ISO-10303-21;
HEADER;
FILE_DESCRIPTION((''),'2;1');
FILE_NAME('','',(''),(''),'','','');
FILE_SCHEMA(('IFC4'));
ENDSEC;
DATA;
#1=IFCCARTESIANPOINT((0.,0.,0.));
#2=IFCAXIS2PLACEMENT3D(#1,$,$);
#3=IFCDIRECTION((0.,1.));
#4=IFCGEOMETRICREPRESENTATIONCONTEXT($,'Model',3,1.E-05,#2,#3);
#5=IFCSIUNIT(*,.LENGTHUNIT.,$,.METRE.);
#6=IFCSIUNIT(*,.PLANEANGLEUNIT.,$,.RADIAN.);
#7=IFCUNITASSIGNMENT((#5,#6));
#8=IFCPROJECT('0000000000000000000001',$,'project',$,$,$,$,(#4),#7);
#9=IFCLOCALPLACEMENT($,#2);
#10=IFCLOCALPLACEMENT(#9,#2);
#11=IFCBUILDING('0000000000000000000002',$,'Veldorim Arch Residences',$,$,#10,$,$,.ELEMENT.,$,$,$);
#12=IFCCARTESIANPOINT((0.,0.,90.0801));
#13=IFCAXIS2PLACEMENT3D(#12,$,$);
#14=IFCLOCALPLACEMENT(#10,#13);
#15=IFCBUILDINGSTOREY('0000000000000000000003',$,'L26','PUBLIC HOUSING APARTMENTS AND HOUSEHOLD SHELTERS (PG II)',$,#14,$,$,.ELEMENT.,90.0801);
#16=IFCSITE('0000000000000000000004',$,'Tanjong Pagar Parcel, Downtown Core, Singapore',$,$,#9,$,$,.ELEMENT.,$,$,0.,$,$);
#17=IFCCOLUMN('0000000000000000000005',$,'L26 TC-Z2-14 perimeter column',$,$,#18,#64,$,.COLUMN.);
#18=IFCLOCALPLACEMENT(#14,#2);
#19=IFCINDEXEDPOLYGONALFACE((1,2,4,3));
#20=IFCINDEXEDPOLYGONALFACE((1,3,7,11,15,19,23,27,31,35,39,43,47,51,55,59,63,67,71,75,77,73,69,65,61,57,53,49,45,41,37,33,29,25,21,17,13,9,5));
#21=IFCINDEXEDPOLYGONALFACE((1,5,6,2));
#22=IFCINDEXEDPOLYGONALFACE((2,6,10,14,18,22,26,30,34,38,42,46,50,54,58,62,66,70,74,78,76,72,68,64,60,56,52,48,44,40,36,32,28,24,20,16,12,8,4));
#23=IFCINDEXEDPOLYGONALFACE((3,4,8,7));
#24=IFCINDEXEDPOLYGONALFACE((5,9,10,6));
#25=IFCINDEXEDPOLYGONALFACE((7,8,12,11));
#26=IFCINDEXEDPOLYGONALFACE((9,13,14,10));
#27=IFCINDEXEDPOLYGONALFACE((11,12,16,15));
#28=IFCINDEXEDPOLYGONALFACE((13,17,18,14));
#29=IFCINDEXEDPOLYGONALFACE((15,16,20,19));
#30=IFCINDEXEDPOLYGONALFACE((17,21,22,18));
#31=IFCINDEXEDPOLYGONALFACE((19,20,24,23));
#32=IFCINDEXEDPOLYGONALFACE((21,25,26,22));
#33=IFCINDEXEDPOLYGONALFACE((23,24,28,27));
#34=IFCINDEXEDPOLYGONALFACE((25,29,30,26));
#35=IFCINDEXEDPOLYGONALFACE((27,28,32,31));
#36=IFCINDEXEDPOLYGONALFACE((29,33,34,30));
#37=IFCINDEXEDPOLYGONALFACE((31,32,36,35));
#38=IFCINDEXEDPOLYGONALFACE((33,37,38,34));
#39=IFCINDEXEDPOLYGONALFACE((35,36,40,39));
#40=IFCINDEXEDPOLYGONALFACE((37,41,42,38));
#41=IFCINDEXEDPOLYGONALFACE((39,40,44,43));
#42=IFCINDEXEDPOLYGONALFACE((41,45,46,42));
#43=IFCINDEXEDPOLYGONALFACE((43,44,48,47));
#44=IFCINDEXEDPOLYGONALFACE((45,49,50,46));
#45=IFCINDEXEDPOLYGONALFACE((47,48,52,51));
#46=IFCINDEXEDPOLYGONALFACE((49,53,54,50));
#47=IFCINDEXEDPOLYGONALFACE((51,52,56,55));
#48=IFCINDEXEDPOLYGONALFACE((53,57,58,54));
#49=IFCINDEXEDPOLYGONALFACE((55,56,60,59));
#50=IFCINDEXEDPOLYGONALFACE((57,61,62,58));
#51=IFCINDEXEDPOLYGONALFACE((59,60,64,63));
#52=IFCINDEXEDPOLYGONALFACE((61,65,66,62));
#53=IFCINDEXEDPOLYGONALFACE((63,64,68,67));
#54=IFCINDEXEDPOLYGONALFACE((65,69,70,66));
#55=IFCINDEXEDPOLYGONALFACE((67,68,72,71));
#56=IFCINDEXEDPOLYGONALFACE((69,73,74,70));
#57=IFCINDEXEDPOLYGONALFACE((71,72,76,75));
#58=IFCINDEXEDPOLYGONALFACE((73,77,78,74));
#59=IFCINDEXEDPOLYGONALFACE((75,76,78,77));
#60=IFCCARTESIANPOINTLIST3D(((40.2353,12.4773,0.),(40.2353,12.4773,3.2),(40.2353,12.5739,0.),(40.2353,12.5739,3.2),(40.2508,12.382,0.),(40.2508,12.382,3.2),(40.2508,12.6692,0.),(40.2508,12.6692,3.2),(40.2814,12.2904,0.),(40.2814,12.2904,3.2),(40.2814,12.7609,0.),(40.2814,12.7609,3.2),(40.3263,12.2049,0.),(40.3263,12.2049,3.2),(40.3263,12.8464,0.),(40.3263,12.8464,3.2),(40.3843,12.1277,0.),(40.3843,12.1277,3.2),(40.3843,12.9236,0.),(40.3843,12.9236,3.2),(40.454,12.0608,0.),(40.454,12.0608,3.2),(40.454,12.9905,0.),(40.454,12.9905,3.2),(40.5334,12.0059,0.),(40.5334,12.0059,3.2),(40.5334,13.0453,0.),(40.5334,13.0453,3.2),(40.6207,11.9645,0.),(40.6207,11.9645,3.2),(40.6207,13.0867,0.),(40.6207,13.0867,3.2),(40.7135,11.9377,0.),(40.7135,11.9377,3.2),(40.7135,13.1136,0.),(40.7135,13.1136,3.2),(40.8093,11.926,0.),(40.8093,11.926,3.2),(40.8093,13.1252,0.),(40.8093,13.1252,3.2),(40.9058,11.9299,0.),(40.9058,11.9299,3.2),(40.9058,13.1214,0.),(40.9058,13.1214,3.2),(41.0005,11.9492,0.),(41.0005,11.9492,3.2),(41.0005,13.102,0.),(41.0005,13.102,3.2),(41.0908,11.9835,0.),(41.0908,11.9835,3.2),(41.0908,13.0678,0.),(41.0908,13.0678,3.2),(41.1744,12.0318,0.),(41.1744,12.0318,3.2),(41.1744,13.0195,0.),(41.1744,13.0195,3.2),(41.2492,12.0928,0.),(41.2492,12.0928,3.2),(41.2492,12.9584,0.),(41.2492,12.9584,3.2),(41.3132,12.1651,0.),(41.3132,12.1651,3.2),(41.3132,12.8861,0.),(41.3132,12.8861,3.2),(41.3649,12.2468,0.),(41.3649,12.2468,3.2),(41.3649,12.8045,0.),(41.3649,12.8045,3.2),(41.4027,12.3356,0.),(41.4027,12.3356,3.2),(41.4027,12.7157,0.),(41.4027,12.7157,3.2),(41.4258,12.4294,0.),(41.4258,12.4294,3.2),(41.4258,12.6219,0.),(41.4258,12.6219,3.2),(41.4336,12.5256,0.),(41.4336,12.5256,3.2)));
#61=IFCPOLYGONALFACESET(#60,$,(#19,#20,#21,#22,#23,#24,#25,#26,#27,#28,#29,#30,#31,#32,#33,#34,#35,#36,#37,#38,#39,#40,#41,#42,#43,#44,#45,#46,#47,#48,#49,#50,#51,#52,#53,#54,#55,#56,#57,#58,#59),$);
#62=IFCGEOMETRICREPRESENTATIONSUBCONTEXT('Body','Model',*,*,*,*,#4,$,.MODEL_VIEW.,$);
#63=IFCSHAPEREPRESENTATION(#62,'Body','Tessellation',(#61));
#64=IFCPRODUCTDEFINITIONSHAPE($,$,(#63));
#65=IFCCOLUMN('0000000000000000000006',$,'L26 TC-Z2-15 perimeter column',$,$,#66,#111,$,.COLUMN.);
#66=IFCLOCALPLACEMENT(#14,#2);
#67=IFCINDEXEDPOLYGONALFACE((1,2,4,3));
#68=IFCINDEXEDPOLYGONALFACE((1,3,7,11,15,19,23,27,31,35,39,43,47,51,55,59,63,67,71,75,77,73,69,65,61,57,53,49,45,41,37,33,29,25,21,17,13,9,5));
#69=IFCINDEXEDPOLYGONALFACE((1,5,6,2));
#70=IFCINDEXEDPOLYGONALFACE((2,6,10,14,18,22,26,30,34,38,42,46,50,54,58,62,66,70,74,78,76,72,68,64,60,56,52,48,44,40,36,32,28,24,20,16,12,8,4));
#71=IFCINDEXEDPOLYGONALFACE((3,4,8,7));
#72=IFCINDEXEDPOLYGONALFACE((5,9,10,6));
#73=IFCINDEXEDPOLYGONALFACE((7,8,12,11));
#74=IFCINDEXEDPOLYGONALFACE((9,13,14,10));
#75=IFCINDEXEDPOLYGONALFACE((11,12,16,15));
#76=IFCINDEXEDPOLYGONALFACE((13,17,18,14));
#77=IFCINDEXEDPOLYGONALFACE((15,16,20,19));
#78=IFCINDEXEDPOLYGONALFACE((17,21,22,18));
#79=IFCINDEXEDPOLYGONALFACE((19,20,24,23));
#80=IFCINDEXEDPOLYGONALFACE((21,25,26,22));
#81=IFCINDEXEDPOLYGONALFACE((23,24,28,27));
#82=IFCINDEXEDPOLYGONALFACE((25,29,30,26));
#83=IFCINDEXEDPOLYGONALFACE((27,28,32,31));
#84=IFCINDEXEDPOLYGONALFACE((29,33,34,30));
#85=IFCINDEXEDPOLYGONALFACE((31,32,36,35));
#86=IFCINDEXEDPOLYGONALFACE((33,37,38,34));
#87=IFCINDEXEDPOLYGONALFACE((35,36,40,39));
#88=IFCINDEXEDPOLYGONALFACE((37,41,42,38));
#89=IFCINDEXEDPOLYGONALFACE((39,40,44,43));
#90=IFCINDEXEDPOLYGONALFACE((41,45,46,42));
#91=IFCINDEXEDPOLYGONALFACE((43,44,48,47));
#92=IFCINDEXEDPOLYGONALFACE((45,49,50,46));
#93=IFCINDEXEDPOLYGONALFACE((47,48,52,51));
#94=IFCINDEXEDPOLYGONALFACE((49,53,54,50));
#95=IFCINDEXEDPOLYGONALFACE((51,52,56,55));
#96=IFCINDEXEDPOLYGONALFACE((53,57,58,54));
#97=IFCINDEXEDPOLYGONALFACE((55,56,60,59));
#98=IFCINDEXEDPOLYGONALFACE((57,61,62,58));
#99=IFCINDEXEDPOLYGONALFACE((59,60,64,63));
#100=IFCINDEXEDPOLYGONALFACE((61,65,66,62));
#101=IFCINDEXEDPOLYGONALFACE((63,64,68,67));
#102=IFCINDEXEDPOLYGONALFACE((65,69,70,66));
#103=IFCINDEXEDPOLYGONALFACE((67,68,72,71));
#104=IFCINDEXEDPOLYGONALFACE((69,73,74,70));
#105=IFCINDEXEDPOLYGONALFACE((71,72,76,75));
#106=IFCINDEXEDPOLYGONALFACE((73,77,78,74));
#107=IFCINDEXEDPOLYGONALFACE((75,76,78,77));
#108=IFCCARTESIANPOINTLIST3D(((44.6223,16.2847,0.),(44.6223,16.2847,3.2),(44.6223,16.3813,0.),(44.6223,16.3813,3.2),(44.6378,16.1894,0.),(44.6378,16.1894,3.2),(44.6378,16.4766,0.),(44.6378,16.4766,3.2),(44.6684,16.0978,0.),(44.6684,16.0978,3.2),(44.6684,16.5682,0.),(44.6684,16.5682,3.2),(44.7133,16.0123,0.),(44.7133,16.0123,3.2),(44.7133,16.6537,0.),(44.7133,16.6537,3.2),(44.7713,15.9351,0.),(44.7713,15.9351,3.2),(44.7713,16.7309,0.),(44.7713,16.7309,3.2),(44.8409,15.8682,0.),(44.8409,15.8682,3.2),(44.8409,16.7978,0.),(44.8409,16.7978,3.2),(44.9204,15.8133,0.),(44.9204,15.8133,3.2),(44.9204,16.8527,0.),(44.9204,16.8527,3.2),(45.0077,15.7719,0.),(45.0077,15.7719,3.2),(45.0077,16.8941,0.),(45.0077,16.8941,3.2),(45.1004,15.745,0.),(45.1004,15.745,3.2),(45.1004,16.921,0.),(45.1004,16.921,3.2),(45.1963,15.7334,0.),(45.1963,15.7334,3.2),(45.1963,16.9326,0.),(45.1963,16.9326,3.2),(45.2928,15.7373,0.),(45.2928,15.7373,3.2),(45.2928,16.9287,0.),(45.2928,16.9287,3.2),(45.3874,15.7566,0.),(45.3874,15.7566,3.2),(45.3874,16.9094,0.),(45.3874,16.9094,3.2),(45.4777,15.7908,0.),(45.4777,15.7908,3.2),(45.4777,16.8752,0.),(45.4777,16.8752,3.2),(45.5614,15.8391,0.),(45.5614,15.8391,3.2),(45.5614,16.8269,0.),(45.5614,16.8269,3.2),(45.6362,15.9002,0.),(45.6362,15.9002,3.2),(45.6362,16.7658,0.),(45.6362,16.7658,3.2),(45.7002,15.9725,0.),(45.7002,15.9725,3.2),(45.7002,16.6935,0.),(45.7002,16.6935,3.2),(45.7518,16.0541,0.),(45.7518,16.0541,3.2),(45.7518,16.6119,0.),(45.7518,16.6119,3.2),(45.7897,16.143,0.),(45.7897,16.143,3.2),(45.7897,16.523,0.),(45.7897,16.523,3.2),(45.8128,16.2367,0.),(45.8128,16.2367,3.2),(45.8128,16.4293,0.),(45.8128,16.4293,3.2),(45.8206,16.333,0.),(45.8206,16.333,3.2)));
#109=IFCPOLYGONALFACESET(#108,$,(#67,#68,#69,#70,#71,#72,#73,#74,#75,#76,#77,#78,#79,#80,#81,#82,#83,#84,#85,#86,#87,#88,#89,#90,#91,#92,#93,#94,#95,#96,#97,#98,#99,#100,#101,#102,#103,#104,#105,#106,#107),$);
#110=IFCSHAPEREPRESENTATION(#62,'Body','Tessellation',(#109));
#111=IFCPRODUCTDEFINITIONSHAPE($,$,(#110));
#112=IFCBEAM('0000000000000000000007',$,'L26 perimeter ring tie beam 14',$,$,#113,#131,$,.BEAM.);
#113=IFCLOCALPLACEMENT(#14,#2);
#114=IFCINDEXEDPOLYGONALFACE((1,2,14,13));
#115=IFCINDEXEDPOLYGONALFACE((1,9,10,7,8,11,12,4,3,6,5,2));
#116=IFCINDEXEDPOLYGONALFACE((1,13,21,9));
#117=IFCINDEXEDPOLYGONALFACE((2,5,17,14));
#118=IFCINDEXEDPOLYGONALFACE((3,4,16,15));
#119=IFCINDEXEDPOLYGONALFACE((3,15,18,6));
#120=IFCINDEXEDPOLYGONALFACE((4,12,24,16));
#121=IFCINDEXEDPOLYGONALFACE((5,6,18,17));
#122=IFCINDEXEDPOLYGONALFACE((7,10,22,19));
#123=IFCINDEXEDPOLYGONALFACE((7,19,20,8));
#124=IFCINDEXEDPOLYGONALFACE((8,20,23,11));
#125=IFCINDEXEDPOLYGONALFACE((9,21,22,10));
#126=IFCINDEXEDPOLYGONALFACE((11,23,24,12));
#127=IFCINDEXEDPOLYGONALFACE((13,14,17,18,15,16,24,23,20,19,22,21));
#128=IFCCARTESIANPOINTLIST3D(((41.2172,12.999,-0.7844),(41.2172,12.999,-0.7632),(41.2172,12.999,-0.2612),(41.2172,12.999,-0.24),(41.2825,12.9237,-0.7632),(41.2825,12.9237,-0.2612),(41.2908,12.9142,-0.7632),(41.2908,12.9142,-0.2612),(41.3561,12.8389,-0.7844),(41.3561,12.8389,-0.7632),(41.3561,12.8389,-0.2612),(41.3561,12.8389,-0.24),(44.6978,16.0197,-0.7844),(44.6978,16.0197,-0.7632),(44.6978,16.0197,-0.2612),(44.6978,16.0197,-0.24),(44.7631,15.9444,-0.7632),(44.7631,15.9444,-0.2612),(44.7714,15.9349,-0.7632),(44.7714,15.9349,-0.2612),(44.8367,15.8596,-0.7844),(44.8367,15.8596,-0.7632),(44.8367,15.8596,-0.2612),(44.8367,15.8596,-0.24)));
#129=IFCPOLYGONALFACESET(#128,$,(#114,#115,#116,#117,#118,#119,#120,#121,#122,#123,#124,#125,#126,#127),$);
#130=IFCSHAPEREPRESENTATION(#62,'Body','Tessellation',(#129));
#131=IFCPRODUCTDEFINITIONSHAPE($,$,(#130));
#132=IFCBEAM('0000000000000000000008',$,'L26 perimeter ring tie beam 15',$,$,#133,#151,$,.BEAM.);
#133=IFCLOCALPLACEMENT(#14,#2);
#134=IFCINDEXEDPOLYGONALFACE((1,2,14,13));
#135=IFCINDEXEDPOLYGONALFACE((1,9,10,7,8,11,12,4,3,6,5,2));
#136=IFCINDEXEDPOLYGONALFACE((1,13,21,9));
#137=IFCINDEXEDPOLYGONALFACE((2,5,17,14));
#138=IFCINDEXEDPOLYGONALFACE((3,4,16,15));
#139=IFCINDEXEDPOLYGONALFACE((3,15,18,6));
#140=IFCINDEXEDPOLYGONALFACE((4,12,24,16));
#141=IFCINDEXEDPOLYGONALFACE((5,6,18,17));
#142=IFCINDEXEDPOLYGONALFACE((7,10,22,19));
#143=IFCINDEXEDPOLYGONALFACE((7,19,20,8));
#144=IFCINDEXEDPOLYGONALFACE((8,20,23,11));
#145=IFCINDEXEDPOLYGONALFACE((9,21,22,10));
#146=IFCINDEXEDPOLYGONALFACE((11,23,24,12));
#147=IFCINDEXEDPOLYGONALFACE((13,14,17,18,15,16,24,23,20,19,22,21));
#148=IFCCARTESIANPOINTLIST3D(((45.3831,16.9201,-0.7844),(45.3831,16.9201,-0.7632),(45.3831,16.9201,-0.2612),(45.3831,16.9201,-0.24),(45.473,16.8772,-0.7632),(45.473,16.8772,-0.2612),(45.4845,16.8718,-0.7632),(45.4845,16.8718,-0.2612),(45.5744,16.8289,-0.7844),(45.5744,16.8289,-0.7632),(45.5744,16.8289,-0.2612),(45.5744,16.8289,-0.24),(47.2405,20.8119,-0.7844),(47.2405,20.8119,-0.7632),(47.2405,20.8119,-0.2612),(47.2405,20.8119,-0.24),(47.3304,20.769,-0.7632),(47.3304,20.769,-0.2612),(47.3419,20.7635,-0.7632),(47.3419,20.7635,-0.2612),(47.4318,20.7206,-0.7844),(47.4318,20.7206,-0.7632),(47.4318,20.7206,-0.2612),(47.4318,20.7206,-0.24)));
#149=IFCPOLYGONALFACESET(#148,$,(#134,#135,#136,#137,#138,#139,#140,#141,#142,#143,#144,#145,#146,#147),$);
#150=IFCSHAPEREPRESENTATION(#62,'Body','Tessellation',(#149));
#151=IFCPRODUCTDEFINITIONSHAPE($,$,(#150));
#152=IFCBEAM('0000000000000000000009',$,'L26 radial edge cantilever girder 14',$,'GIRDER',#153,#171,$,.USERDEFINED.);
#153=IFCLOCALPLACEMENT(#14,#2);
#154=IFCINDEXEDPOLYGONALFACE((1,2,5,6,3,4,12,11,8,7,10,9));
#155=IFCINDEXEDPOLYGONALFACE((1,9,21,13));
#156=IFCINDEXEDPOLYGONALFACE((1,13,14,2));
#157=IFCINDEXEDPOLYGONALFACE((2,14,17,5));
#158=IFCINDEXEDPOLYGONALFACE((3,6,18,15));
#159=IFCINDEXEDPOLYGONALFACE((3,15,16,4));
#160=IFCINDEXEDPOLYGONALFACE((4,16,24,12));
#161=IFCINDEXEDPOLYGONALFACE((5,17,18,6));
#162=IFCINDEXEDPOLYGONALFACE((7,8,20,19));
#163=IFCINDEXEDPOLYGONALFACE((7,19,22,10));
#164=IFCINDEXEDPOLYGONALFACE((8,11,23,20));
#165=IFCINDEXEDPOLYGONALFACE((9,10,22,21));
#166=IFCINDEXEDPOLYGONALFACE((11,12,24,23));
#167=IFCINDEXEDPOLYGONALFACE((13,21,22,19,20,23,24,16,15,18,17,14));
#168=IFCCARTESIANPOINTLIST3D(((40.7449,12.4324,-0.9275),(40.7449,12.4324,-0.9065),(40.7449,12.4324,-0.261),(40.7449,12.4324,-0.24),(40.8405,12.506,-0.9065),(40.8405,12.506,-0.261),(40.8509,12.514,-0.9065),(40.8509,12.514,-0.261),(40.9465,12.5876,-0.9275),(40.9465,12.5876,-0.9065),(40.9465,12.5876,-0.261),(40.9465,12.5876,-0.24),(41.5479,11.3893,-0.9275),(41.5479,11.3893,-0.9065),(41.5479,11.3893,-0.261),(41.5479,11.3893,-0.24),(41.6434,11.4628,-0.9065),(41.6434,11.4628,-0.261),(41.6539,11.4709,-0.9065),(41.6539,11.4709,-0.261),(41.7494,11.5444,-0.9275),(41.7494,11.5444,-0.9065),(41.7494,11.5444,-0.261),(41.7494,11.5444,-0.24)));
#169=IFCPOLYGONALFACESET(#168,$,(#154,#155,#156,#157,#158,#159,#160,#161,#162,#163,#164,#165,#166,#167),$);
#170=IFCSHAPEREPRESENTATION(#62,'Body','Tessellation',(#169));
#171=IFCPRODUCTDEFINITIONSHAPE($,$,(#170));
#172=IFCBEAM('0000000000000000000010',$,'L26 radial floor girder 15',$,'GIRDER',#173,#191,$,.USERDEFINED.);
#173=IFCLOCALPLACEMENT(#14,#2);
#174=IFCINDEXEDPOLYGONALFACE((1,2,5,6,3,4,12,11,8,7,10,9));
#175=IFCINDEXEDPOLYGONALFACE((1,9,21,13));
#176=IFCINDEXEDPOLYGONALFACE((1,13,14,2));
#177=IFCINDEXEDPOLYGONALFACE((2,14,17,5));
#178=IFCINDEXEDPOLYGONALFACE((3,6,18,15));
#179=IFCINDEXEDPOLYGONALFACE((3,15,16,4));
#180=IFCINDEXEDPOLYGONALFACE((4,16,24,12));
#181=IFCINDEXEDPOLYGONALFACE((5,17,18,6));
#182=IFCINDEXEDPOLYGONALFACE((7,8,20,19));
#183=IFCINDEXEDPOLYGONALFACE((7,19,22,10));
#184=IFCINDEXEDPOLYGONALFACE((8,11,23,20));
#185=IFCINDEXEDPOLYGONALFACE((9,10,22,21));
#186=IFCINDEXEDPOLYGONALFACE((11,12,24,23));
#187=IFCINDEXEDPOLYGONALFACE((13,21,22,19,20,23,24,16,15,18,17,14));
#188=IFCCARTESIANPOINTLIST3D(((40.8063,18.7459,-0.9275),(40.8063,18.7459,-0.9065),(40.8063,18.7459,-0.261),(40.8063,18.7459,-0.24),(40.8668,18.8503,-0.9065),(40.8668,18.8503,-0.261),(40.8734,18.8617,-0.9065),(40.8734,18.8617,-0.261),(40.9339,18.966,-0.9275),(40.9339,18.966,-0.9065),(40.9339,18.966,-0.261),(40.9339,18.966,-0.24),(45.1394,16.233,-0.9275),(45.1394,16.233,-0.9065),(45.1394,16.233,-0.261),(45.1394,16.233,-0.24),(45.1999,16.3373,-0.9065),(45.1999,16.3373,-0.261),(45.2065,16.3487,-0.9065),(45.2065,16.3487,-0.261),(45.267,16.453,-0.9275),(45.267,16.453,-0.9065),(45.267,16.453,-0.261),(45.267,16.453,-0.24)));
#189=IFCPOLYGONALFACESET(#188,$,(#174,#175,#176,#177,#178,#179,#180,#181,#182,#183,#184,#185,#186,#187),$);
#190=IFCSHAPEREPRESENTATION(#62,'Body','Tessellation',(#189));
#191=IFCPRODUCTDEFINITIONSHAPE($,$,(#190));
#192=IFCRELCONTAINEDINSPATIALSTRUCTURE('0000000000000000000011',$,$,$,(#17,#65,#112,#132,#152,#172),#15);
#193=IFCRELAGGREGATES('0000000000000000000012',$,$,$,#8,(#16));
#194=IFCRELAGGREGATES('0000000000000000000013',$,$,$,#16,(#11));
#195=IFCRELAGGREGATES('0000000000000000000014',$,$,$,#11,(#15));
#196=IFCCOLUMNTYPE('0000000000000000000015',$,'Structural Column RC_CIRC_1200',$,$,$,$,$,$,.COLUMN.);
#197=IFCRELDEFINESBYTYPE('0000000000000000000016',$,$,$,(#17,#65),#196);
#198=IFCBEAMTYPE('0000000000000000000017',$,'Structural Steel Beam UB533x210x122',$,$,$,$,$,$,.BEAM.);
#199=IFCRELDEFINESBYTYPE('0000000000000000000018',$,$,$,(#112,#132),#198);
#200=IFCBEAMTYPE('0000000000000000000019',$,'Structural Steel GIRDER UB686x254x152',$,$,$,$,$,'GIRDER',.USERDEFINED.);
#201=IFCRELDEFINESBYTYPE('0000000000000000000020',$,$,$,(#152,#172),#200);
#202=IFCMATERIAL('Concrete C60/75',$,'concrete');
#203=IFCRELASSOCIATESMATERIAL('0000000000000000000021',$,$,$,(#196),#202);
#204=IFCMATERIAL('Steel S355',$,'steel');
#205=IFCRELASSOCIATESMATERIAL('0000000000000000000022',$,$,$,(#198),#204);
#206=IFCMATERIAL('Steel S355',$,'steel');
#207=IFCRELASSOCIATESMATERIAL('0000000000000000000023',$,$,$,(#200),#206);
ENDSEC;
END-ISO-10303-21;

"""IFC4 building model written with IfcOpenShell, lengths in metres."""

from ifc_helpers import new_model, si_unit, direction, frame, origin, origin_2d, place, context, subcontext, project, spatial, circle, i_section, extrude, material, material_profile, profile_set, type_object, element, save


model = new_model("IFC4")

# Units and contexts
model_context = context("Model", 3, precision=1e-05, world=origin(), true_north=direction((0.0, 1.0)))
body_context = subcontext(model_context, "Body", "Model", "MODEL_VIEW")
ifc_project = project(units=[si_unit("LENGTHUNIT", "METRE"), si_unit("PLANEANGLEUNIT", "RADIAN")], contexts=[model_context])

# Site, building, storey
site_placement = place(None, origin())
site = spatial("IfcSite", under=ifc_project, at=site_placement, Name="Tanjong Pagar Parcel, Downtown Core, Singapore", CompositionType="ELEMENT", RefElevation=0.0)
building_placement = place(site_placement, origin())
building = spatial("IfcBuilding", under=site, at=building_placement, Name="Veldorim Arch Residences", CompositionType="ELEMENT")
storey_placement = place(building_placement, frame((0.0, 0.0, 90.0801)))
storey = spatial("IfcBuildingStorey", under=building, at=storey_placement, Name="L26", Description="PUBLIC HOUSING APARTMENTS AND HOUSEHOLD SHELTERS (PG II)", CompositionType="ELEMENT", Elevation=90.0801)

# Columns
ifc_material_1 = material(Name="Concrete C60/75", Category="concrete")
ifc_material_profile_1 = material_profile(ifc_material_1, circle(Radius=0.6001, at=origin_2d()), Name="RC_CIRC_1200")
ifc_profile_set_1 = profile_set([ifc_material_profile_1], Name="Concrete C60/75")
column_type = type_object("IfcColumnType", Name="Structural Column RC_CIRC_1200", PredefinedType="COLUMN", material=ifc_profile_set_1)
for number, where, z_axis, x_axis, name in (
    (1, (40.8335, 12.5256, 0.0), (0.0, 0.0, 1.0), (1.0, 0.0, 0.0), "L26 TC-Z2-14 perimeter column"),
    (2, (45.2205, 16.333, 0.0), (0.0, 0.0, 1.0), (1.0, 0.0, 0.0), "L26 TC-Z2-15 perimeter column"),
):
    element("IfcColumn", number, at=place(storey_placement, frame(where, z_axis=z_axis, x_axis=x_axis)), inside=storey, type_object=column_type, Name=name, PredefinedType="COLUMN", context=body_context, shape_type="SweptSolid", body=[
        extrude(circle(Radius=0.6001, at=origin_2d()), origin(), (0.0, 0.0, 1.0), 3.2),
    ])

# Beams
ifc_material_2 = material(Name="Steel S355", Category="steel")
ifc_material_profile_2 = material_profile(ifc_material_2, i_section(OverallWidth=0.2119, OverallDepth=0.5444, WebThickness=0.0127, FlangeThickness=0.0212, at=origin_2d()), Name="UB533x210x122")
ifc_profile_set_2 = profile_set([ifc_material_profile_2], Name="Steel S355")
beam_type_1 = type_object("IfcBeamType", Name="Structural Steel Beam UB533x210x122", PredefinedType="BEAM", material=ifc_profile_set_2)
beam_1_placement = place(storey_placement, frame((41.2866, 12.9189, -0.5122), z_axis=(0.755245, 0.655443, 0.0), x_axis=(-0.655443, 0.755245, 0.0)))
element("IfcBeam", 3, at=beam_1_placement, inside=storey, type_object=beam_type_1, Name="L26 perimeter ring tie beam 14", PredefinedType="BEAM", context=body_context, shape_type="SweptSolid", body=[
    extrude(i_section(OverallWidth=0.2119, OverallDepth=0.5444, WebThickness=0.0127, FlangeThickness=0.0212, at=origin_2d()), origin(), (0.0, 0.0, 1.0), 4.6086),
])
beam_2_placement = place(storey_placement, frame((45.4788, 16.8745, -0.5122), z_axis=(0.43072, 0.902486, 0.0), x_axis=(-0.902486, 0.43072, 0.0)))
element("IfcBeam", 4, at=beam_2_placement, inside=storey, type_object=beam_type_1, Name="L26 perimeter ring tie beam 15", PredefinedType="BEAM", context=body_context, shape_type="SweptSolid", body=[
    extrude(i_section(OverallWidth=0.2119, OverallDepth=0.5444, WebThickness=0.0127, FlangeThickness=0.0212, at=origin_2d()), origin(), (0.0, 0.0, 1.0), 4.3123),
])
ifc_material_3 = material(Name="Steel S355", Category="steel")
ifc_material_profile_3 = material_profile(ifc_material_3, i_section(OverallWidth=0.2544, OverallDepth=0.6875, WebThickness=0.0132, FlangeThickness=0.021, at=origin_2d()), Name="UB686x254x152")
ifc_profile_set_3 = profile_set([ifc_material_profile_3], Name="Steel S355")
beam_type_2 = type_object("IfcBeamType", Name="Structural Steel GIRDER UB686x254x152", ElementType="GIRDER", PredefinedType="USERDEFINED", material=ifc_profile_set_3)
beam_3_placement = place(storey_placement, frame((40.8457, 12.51, -0.5837), z_axis=(0.609953, -0.792438, 0.0), x_axis=(0.792438, 0.609953, 0.0)))
element("IfcBeam", 5, at=beam_3_placement, inside=storey, type_object=beam_type_2, Name="L26 radial edge cantilever girder 14", ObjectType="GIRDER", PredefinedType="USERDEFINED", context=body_context, shape_type="SweptSolid", body=[
    extrude(i_section(OverallWidth=0.2544, OverallDepth=0.6875, WebThickness=0.0132, FlangeThickness=0.021, at=origin_2d()), origin(), (0.0, 0.0, 1.0), 1.3164),
])
beam_4_placement = place(storey_placement, frame((40.8701, 18.856, -0.5837), z_axis=(0.865049, -0.501687, 0.0), x_axis=(0.501687, 0.865049, 0.0)))
element("IfcBeam", 6, at=beam_4_placement, inside=storey, type_object=beam_type_2, Name="L26 radial floor girder 15", ObjectType="GIRDER", PredefinedType="USERDEFINED", context=body_context, shape_type="SweptSolid", body=[
    extrude(i_section(OverallWidth=0.2544, OverallDepth=0.6875, WebThickness=0.0132, FlangeThickness=0.021, at=origin_2d()), origin(), (0.0, 0.0, 1.0), 5.009),
])

save(model, "model.ifc")
